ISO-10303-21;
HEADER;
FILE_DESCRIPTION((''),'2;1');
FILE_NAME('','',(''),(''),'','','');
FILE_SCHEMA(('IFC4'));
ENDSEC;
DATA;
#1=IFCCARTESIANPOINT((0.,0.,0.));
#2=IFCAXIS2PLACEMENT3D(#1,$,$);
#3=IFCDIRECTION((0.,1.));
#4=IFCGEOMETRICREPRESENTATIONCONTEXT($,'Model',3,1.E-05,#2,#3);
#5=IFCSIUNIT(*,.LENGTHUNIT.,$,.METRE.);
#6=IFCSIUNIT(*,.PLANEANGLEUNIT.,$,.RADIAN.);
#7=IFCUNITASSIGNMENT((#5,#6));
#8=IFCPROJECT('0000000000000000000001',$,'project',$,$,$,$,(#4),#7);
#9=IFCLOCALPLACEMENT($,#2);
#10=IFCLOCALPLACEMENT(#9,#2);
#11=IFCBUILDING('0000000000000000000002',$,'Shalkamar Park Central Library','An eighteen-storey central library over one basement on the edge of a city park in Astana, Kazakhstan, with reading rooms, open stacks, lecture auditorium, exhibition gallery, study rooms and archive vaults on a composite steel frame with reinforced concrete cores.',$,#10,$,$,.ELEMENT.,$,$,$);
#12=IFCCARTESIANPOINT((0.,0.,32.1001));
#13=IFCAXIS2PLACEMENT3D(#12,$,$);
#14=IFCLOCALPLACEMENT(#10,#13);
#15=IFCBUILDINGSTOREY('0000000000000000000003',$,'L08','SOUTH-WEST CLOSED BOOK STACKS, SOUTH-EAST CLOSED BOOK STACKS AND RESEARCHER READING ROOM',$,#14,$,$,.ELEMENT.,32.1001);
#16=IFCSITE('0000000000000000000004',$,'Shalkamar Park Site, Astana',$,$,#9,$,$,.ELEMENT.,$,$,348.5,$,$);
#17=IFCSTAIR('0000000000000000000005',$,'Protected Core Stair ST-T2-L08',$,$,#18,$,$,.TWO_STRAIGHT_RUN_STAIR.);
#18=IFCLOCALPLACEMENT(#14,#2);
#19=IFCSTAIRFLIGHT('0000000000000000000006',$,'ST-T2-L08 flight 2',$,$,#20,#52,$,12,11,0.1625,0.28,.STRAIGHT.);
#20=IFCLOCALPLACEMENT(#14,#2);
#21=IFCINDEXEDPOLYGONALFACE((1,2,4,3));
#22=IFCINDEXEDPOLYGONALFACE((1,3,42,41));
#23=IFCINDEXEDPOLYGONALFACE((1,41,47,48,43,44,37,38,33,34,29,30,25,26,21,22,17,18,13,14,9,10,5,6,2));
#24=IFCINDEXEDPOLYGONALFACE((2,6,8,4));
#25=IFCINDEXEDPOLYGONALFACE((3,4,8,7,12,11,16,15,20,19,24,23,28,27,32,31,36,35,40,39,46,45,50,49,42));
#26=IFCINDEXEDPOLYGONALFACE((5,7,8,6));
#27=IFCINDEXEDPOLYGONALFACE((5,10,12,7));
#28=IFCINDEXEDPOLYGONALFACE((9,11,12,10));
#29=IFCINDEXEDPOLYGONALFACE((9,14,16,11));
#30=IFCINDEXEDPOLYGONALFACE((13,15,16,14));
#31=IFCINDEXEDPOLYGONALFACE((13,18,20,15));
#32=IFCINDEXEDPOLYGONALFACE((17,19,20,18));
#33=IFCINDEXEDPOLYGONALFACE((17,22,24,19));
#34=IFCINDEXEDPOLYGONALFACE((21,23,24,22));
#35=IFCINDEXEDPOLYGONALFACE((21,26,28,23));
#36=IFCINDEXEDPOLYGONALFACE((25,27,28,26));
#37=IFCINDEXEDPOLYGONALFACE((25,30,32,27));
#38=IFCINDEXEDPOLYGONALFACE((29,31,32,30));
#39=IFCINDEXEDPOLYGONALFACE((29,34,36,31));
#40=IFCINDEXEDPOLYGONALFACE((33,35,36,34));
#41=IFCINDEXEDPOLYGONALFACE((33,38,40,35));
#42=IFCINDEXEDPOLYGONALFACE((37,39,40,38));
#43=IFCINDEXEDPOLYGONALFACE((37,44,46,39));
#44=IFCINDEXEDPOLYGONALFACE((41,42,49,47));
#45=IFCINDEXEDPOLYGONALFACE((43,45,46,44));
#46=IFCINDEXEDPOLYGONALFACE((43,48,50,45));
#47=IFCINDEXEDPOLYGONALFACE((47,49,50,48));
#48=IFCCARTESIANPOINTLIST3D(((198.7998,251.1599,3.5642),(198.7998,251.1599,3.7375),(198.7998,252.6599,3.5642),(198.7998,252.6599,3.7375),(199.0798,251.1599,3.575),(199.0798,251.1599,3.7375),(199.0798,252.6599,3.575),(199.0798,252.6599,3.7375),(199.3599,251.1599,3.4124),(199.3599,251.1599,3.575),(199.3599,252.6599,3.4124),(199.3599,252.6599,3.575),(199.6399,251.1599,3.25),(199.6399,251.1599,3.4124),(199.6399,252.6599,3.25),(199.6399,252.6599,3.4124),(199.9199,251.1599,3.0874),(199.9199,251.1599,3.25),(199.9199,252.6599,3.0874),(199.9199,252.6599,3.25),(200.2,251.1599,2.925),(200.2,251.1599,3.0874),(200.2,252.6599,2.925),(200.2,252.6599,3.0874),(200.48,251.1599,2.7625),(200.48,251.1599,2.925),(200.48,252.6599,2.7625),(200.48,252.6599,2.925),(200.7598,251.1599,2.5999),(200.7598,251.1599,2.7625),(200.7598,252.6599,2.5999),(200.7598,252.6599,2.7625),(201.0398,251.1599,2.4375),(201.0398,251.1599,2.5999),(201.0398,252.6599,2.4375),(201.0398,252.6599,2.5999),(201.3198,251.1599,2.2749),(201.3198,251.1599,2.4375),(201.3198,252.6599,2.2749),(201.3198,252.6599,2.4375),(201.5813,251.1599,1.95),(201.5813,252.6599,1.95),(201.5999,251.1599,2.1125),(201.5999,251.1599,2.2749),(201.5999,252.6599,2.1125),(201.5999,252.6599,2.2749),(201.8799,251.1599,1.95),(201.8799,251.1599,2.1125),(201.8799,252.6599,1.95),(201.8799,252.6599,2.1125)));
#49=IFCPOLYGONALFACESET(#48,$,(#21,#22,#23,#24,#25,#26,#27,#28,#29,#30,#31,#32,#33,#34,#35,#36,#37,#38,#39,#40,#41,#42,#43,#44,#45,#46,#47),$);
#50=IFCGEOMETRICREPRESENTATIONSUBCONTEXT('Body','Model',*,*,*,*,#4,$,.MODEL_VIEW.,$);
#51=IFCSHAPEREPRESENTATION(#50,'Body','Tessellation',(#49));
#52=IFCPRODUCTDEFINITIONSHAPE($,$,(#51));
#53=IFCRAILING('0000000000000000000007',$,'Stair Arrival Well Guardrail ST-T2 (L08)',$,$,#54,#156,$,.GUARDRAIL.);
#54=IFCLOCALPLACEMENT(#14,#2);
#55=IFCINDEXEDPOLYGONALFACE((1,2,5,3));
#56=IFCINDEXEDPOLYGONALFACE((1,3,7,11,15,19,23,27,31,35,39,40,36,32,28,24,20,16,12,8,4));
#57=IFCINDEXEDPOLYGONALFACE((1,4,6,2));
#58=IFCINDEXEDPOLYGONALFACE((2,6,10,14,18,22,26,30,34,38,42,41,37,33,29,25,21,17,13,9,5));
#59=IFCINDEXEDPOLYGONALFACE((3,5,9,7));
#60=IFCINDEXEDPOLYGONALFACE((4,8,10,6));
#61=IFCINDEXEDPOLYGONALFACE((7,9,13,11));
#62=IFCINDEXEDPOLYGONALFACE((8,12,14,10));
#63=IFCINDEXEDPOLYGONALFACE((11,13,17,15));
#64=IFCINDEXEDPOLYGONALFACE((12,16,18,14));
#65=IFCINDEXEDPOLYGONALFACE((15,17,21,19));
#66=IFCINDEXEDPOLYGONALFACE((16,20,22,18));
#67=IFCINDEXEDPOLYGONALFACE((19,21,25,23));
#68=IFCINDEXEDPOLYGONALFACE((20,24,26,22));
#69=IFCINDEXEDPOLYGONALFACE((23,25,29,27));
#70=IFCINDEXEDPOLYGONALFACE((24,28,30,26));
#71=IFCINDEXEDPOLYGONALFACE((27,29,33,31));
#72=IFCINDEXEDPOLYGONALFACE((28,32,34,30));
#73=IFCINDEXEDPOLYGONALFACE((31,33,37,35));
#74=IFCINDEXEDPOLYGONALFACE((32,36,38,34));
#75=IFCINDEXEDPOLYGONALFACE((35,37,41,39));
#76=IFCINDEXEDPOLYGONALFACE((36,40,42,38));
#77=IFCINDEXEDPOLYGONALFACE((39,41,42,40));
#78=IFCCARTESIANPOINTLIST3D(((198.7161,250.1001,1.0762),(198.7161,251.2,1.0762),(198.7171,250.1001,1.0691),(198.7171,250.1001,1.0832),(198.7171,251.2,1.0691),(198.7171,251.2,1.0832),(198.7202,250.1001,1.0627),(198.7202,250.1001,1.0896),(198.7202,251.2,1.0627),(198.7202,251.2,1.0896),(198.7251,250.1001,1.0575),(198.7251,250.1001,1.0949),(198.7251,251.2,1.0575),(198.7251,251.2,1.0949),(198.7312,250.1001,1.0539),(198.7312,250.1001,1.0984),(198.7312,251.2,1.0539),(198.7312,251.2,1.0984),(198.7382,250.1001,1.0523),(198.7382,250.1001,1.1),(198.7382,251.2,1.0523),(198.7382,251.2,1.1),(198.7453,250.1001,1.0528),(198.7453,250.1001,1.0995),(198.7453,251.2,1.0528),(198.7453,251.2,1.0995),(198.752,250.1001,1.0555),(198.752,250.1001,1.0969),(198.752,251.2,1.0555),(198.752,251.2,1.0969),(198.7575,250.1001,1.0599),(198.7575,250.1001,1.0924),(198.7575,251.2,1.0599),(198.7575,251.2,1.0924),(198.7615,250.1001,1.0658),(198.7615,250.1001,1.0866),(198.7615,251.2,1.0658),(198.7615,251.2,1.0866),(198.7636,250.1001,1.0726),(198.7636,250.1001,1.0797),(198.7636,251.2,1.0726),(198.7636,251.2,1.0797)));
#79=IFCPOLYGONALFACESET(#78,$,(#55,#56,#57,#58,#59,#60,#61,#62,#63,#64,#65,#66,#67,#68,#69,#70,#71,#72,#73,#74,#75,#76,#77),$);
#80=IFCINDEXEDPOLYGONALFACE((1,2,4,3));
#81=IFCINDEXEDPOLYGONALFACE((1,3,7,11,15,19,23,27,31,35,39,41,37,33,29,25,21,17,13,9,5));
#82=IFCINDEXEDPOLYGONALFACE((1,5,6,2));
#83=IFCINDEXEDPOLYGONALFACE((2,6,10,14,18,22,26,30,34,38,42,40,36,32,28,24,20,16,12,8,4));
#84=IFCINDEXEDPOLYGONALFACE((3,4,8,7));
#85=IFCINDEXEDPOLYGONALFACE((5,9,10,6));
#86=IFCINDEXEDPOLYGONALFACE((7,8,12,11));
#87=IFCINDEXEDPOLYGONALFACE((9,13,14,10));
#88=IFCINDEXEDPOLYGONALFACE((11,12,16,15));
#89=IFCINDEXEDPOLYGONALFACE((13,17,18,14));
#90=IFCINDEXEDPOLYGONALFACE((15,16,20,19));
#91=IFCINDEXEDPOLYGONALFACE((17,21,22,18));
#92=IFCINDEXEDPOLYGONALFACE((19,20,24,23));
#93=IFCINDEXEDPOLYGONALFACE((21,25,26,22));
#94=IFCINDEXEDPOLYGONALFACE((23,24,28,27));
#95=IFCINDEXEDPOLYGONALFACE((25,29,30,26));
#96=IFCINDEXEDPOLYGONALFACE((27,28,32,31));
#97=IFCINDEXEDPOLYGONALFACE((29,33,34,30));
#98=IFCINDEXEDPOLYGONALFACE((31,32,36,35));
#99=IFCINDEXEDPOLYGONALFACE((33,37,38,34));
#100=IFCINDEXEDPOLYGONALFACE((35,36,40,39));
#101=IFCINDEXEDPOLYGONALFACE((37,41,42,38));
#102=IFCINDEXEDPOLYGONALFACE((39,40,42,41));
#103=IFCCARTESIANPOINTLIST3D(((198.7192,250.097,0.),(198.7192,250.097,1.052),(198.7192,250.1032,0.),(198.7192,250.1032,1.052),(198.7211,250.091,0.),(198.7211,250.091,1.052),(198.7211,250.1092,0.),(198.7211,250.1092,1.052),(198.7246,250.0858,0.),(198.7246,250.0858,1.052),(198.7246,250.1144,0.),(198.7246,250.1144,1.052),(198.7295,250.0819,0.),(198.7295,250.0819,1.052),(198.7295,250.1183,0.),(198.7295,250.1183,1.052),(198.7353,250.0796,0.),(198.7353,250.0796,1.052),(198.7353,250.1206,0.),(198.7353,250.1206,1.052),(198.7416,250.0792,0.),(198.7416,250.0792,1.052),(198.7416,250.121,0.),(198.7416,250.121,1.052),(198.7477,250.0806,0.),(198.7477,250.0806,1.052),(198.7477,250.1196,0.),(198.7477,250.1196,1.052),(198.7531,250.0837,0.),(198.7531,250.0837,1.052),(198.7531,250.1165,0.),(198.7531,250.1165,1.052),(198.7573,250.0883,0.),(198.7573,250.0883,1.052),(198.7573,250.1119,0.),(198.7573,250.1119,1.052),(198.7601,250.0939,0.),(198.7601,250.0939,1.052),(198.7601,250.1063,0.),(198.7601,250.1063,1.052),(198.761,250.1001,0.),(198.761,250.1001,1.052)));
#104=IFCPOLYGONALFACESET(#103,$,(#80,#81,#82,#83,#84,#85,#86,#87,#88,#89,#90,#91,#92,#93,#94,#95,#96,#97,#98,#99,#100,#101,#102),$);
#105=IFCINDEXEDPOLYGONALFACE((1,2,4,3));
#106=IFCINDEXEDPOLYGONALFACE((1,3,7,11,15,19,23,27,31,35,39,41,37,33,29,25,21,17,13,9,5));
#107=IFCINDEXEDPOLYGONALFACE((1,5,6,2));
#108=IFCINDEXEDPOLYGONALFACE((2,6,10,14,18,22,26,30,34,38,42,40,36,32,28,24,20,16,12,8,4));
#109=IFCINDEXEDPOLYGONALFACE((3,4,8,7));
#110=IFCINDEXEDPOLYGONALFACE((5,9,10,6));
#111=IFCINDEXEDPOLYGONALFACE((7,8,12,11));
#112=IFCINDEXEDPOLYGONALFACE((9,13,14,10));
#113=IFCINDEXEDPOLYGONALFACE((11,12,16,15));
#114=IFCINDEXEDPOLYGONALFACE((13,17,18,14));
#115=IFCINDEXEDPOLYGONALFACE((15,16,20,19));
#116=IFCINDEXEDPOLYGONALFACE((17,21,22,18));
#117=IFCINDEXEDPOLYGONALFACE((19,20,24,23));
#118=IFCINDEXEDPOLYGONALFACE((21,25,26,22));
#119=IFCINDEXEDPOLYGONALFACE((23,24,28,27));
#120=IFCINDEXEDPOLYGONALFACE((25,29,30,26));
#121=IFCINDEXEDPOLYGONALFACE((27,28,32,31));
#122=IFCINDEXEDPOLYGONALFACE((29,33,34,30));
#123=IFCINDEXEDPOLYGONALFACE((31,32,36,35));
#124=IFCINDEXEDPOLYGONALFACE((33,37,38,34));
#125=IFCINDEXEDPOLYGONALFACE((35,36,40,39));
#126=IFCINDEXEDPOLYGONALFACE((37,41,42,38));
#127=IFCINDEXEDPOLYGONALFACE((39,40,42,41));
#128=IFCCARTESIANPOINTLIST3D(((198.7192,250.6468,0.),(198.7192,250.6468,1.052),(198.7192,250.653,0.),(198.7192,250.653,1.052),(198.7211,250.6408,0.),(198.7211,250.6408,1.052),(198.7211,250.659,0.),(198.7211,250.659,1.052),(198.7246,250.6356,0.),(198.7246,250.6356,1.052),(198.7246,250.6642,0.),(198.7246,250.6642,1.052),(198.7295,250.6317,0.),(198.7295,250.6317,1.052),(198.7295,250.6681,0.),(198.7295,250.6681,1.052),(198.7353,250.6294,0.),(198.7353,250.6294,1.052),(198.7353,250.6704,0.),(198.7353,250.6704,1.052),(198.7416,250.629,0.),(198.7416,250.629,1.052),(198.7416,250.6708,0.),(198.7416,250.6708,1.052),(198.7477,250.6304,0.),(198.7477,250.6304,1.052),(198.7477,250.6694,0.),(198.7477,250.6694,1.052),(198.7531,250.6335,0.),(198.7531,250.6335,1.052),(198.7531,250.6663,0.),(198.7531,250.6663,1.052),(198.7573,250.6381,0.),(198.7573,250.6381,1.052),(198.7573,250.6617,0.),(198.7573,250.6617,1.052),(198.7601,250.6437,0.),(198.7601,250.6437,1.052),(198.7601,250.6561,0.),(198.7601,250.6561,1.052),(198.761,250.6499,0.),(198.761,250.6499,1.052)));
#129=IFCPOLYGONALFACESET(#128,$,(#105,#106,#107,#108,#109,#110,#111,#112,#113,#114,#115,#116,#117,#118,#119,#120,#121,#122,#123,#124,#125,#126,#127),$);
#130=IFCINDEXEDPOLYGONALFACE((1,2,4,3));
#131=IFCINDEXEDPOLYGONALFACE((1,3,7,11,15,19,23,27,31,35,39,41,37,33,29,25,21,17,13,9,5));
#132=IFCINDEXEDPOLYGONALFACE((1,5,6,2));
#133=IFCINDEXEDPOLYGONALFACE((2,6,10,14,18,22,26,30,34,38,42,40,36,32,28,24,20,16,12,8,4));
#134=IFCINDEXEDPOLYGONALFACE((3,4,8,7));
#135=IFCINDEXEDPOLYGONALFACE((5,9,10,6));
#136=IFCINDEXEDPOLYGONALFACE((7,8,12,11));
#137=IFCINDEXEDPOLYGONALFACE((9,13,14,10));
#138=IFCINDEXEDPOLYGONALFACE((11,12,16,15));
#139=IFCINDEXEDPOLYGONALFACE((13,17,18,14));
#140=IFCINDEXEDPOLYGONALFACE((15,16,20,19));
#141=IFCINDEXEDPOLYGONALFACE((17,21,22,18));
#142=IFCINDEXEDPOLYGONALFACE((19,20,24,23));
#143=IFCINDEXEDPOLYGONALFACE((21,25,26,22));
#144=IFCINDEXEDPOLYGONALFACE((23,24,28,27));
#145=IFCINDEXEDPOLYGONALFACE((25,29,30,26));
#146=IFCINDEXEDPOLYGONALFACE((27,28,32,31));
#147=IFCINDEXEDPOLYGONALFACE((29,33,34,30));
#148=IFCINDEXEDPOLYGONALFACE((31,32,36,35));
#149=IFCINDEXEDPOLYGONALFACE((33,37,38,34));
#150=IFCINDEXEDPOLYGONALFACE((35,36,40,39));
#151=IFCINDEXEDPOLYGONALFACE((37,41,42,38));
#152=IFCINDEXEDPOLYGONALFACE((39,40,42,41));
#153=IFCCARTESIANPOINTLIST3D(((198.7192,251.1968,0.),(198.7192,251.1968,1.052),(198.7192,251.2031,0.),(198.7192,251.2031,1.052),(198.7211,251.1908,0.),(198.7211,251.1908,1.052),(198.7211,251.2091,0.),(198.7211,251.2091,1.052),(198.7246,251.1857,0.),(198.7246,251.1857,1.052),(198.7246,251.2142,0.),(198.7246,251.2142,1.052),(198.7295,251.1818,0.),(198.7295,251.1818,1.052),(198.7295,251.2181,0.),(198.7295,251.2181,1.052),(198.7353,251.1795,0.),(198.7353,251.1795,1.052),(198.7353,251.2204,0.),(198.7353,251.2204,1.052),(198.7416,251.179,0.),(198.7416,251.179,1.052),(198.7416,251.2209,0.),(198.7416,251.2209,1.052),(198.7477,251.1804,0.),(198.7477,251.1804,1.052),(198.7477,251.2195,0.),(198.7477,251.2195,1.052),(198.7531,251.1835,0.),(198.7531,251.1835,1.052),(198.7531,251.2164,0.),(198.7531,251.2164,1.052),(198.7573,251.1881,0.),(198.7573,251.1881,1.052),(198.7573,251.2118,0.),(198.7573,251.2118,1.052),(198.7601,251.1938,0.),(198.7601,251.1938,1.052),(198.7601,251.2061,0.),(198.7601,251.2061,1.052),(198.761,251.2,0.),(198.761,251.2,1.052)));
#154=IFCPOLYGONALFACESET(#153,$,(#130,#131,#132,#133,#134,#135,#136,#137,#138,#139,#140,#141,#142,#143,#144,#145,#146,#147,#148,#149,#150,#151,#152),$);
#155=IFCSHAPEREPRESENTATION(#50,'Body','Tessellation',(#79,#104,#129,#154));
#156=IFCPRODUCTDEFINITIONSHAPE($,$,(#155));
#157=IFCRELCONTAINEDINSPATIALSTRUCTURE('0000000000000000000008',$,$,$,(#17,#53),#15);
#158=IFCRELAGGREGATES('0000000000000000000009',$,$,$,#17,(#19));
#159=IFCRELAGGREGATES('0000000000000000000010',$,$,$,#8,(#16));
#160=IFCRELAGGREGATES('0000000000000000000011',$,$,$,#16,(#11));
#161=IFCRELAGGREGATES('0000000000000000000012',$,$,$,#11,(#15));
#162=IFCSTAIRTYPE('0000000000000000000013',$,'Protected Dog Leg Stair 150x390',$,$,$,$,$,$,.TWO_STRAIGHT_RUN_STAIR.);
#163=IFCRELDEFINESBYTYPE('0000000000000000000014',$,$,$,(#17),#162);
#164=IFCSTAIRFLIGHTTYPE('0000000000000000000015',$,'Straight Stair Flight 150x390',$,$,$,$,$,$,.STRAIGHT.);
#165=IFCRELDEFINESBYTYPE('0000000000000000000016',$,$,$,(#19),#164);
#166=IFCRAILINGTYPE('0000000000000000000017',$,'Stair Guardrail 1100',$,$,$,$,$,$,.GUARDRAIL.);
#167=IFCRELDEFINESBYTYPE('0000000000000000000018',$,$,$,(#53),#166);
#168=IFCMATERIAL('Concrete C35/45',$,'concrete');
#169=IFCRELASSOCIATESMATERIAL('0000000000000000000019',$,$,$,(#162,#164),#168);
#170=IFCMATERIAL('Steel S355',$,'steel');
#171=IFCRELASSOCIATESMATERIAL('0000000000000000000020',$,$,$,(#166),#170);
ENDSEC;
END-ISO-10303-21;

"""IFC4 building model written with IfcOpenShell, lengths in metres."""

from ifc_helpers import new_model, si_unit, direction, frame, origin, origin_2d, place, context, subcontext, project, spatial, polyline, circle, outline, extrude, material, type_object, element, aggregate, save


model = new_model("IFC4")

# Units and contexts
model_context = context("Model", 3, precision=1e-05, world=origin(), true_north=direction((0.0, 1.0)))
body_context = subcontext(model_context, "Body", "Model", "MODEL_VIEW")
ifc_project = project(units=[si_unit("LENGTHUNIT", "METRE"), si_unit("PLANEANGLEUNIT", "RADIAN")], contexts=[model_context])

# Site, building, storey
site_placement = place(None, origin())
site = spatial("IfcSite", under=ifc_project, at=site_placement, Name="Shalkamar Park Site, Astana", CompositionType="ELEMENT", RefElevation=348.5)
building_placement = place(site_placement, origin())
building = spatial("IfcBuilding", under=site, at=building_placement, Name="Shalkamar Park Central Library", Description="An eighteen-storey central library over one basement on the edge of a city park in Astana, Kazakhstan, with reading rooms, open stacks, lecture auditorium, exhibition gallery, study rooms and archive vaults on a composite steel frame with reinforced concrete cores.", CompositionType="ELEMENT")
storey_placement = place(building_placement, frame((0.0, 0.0, 32.1001)))
storey = spatial("IfcBuildingStorey", under=building, at=storey_placement, Name="L08", Description="SOUTH-WEST CLOSED BOOK STACKS, SOUTH-EAST CLOSED BOOK STACKS AND RESEARCHER READING ROOM", CompositionType="ELEMENT", Elevation=32.1001)

# Shared definitions
ifc_material_1 = material(Name="Steel S355", Category="steel")

# Stair, stair flight
ifc_material_2 = material(Name="Concrete C35/45", Category="concrete")
stair_type = type_object("IfcStairType", Name="Protected Dog Leg Stair 150x390", PredefinedType="TWO_STRAIGHT_RUN_STAIR", material=ifc_material_2)
stair_placement = place(storey_placement, origin())
stair = element("IfcStair", 1, at=stair_placement, inside=storey, type_object=stair_type, Name="Protected Core Stair ST-T2-L08", PredefinedType="TWO_STRAIGHT_RUN_STAIR")
stair_flight_type = type_object("IfcStairFlightType", Name="Straight Stair Flight 150x390", PredefinedType="STRAIGHT", material=ifc_material_2)
stair_flight_1_placement = place(storey_placement, frame((201.8799, 251.9099, 1.95), z_axis=(0.0, 0.0, 1.0), x_axis=(-1.0, 0.0, 0.0)))
stair_flight_1 = element("IfcStairFlight", 2, at=stair_flight_1_placement, type_object=stair_flight_type, Name="ST-T2-L08 flight 2", NumberOfRisers=12, NumberOfTreads=11, PredefinedType="STRAIGHT", RiserHeight=0.1625, TreadLength=0.28, context=body_context, shape_type="SweptSolid", body=[
    extrude(outline(polyline([(0.0, 0.0), (0.0, 0.1626), (0.28, 0.1626), (0.28, 0.325), (0.5601, 0.325), (0.5601, 0.4875), (0.8401, 0.4875), (0.8401, 0.6499), (1.1201, 0.6499), (1.1201, 0.8125), (1.3999, 0.8125), (1.3999, 0.9751), (1.6799, 0.9751), (1.6799, 1.1375), (1.96, 1.1375), (1.96, 1.3), (2.24, 1.3), (2.24, 1.4624), (2.52, 1.4624), (2.52, 1.625), (2.8, 1.625), (2.8, 1.7876), (3.0801, 1.7876), (3.0801, 1.95), (3.0801, 1.6143), (0.2986, 0.0), (0.0, 0.0)])), frame((0.0, 0.75, 0.0), z_axis=(0.0, -1.0, 0.0), x_axis=(1.0, 0.0, 0.0)), (0.0, 0.0, 1.0), 1.5),
])
aggregate(stair, [stair_flight_1])

# Railing
railing_type_1 = type_object("IfcRailingType", Name="Stair Guardrail 1100", PredefinedType="GUARDRAIL", material=ifc_material_1)
railing_1_placement = place(storey_placement, frame((198.74, 250.1001, 0.0)))
element("IfcRailing", 3, at=railing_1_placement, inside=storey, type_object=railing_type_1, Name="Stair Arrival Well Guardrail ST-T2 (L08)", PredefinedType="GUARDRAIL", context=body_context, shape_type="SweptSolid", body=[
    extrude(circle(Radius=0.0239, at=origin_2d()), frame((0.0, 0.0, 1.0762), z_axis=(0.0, 1.0, 0.0), x_axis=(-1.0, 0.0, 0.0)), (0.0, 0.0, 1.0), 1.0999),
    extrude(circle(Radius=0.021, at=origin_2d()), origin(), (0.0, 0.0, 1.0), 1.052),
    extrude(circle(Radius=0.021, at=origin_2d()), frame((0.0, 0.5498, 0.0)), (0.0, 0.0, 1.0), 1.052),
    extrude(circle(Radius=0.021, at=origin_2d()), frame((0.0, 1.0999, 0.0)), (0.0, 0.0, 1.0), 1.052),
])

save(model, "model.ifc")
